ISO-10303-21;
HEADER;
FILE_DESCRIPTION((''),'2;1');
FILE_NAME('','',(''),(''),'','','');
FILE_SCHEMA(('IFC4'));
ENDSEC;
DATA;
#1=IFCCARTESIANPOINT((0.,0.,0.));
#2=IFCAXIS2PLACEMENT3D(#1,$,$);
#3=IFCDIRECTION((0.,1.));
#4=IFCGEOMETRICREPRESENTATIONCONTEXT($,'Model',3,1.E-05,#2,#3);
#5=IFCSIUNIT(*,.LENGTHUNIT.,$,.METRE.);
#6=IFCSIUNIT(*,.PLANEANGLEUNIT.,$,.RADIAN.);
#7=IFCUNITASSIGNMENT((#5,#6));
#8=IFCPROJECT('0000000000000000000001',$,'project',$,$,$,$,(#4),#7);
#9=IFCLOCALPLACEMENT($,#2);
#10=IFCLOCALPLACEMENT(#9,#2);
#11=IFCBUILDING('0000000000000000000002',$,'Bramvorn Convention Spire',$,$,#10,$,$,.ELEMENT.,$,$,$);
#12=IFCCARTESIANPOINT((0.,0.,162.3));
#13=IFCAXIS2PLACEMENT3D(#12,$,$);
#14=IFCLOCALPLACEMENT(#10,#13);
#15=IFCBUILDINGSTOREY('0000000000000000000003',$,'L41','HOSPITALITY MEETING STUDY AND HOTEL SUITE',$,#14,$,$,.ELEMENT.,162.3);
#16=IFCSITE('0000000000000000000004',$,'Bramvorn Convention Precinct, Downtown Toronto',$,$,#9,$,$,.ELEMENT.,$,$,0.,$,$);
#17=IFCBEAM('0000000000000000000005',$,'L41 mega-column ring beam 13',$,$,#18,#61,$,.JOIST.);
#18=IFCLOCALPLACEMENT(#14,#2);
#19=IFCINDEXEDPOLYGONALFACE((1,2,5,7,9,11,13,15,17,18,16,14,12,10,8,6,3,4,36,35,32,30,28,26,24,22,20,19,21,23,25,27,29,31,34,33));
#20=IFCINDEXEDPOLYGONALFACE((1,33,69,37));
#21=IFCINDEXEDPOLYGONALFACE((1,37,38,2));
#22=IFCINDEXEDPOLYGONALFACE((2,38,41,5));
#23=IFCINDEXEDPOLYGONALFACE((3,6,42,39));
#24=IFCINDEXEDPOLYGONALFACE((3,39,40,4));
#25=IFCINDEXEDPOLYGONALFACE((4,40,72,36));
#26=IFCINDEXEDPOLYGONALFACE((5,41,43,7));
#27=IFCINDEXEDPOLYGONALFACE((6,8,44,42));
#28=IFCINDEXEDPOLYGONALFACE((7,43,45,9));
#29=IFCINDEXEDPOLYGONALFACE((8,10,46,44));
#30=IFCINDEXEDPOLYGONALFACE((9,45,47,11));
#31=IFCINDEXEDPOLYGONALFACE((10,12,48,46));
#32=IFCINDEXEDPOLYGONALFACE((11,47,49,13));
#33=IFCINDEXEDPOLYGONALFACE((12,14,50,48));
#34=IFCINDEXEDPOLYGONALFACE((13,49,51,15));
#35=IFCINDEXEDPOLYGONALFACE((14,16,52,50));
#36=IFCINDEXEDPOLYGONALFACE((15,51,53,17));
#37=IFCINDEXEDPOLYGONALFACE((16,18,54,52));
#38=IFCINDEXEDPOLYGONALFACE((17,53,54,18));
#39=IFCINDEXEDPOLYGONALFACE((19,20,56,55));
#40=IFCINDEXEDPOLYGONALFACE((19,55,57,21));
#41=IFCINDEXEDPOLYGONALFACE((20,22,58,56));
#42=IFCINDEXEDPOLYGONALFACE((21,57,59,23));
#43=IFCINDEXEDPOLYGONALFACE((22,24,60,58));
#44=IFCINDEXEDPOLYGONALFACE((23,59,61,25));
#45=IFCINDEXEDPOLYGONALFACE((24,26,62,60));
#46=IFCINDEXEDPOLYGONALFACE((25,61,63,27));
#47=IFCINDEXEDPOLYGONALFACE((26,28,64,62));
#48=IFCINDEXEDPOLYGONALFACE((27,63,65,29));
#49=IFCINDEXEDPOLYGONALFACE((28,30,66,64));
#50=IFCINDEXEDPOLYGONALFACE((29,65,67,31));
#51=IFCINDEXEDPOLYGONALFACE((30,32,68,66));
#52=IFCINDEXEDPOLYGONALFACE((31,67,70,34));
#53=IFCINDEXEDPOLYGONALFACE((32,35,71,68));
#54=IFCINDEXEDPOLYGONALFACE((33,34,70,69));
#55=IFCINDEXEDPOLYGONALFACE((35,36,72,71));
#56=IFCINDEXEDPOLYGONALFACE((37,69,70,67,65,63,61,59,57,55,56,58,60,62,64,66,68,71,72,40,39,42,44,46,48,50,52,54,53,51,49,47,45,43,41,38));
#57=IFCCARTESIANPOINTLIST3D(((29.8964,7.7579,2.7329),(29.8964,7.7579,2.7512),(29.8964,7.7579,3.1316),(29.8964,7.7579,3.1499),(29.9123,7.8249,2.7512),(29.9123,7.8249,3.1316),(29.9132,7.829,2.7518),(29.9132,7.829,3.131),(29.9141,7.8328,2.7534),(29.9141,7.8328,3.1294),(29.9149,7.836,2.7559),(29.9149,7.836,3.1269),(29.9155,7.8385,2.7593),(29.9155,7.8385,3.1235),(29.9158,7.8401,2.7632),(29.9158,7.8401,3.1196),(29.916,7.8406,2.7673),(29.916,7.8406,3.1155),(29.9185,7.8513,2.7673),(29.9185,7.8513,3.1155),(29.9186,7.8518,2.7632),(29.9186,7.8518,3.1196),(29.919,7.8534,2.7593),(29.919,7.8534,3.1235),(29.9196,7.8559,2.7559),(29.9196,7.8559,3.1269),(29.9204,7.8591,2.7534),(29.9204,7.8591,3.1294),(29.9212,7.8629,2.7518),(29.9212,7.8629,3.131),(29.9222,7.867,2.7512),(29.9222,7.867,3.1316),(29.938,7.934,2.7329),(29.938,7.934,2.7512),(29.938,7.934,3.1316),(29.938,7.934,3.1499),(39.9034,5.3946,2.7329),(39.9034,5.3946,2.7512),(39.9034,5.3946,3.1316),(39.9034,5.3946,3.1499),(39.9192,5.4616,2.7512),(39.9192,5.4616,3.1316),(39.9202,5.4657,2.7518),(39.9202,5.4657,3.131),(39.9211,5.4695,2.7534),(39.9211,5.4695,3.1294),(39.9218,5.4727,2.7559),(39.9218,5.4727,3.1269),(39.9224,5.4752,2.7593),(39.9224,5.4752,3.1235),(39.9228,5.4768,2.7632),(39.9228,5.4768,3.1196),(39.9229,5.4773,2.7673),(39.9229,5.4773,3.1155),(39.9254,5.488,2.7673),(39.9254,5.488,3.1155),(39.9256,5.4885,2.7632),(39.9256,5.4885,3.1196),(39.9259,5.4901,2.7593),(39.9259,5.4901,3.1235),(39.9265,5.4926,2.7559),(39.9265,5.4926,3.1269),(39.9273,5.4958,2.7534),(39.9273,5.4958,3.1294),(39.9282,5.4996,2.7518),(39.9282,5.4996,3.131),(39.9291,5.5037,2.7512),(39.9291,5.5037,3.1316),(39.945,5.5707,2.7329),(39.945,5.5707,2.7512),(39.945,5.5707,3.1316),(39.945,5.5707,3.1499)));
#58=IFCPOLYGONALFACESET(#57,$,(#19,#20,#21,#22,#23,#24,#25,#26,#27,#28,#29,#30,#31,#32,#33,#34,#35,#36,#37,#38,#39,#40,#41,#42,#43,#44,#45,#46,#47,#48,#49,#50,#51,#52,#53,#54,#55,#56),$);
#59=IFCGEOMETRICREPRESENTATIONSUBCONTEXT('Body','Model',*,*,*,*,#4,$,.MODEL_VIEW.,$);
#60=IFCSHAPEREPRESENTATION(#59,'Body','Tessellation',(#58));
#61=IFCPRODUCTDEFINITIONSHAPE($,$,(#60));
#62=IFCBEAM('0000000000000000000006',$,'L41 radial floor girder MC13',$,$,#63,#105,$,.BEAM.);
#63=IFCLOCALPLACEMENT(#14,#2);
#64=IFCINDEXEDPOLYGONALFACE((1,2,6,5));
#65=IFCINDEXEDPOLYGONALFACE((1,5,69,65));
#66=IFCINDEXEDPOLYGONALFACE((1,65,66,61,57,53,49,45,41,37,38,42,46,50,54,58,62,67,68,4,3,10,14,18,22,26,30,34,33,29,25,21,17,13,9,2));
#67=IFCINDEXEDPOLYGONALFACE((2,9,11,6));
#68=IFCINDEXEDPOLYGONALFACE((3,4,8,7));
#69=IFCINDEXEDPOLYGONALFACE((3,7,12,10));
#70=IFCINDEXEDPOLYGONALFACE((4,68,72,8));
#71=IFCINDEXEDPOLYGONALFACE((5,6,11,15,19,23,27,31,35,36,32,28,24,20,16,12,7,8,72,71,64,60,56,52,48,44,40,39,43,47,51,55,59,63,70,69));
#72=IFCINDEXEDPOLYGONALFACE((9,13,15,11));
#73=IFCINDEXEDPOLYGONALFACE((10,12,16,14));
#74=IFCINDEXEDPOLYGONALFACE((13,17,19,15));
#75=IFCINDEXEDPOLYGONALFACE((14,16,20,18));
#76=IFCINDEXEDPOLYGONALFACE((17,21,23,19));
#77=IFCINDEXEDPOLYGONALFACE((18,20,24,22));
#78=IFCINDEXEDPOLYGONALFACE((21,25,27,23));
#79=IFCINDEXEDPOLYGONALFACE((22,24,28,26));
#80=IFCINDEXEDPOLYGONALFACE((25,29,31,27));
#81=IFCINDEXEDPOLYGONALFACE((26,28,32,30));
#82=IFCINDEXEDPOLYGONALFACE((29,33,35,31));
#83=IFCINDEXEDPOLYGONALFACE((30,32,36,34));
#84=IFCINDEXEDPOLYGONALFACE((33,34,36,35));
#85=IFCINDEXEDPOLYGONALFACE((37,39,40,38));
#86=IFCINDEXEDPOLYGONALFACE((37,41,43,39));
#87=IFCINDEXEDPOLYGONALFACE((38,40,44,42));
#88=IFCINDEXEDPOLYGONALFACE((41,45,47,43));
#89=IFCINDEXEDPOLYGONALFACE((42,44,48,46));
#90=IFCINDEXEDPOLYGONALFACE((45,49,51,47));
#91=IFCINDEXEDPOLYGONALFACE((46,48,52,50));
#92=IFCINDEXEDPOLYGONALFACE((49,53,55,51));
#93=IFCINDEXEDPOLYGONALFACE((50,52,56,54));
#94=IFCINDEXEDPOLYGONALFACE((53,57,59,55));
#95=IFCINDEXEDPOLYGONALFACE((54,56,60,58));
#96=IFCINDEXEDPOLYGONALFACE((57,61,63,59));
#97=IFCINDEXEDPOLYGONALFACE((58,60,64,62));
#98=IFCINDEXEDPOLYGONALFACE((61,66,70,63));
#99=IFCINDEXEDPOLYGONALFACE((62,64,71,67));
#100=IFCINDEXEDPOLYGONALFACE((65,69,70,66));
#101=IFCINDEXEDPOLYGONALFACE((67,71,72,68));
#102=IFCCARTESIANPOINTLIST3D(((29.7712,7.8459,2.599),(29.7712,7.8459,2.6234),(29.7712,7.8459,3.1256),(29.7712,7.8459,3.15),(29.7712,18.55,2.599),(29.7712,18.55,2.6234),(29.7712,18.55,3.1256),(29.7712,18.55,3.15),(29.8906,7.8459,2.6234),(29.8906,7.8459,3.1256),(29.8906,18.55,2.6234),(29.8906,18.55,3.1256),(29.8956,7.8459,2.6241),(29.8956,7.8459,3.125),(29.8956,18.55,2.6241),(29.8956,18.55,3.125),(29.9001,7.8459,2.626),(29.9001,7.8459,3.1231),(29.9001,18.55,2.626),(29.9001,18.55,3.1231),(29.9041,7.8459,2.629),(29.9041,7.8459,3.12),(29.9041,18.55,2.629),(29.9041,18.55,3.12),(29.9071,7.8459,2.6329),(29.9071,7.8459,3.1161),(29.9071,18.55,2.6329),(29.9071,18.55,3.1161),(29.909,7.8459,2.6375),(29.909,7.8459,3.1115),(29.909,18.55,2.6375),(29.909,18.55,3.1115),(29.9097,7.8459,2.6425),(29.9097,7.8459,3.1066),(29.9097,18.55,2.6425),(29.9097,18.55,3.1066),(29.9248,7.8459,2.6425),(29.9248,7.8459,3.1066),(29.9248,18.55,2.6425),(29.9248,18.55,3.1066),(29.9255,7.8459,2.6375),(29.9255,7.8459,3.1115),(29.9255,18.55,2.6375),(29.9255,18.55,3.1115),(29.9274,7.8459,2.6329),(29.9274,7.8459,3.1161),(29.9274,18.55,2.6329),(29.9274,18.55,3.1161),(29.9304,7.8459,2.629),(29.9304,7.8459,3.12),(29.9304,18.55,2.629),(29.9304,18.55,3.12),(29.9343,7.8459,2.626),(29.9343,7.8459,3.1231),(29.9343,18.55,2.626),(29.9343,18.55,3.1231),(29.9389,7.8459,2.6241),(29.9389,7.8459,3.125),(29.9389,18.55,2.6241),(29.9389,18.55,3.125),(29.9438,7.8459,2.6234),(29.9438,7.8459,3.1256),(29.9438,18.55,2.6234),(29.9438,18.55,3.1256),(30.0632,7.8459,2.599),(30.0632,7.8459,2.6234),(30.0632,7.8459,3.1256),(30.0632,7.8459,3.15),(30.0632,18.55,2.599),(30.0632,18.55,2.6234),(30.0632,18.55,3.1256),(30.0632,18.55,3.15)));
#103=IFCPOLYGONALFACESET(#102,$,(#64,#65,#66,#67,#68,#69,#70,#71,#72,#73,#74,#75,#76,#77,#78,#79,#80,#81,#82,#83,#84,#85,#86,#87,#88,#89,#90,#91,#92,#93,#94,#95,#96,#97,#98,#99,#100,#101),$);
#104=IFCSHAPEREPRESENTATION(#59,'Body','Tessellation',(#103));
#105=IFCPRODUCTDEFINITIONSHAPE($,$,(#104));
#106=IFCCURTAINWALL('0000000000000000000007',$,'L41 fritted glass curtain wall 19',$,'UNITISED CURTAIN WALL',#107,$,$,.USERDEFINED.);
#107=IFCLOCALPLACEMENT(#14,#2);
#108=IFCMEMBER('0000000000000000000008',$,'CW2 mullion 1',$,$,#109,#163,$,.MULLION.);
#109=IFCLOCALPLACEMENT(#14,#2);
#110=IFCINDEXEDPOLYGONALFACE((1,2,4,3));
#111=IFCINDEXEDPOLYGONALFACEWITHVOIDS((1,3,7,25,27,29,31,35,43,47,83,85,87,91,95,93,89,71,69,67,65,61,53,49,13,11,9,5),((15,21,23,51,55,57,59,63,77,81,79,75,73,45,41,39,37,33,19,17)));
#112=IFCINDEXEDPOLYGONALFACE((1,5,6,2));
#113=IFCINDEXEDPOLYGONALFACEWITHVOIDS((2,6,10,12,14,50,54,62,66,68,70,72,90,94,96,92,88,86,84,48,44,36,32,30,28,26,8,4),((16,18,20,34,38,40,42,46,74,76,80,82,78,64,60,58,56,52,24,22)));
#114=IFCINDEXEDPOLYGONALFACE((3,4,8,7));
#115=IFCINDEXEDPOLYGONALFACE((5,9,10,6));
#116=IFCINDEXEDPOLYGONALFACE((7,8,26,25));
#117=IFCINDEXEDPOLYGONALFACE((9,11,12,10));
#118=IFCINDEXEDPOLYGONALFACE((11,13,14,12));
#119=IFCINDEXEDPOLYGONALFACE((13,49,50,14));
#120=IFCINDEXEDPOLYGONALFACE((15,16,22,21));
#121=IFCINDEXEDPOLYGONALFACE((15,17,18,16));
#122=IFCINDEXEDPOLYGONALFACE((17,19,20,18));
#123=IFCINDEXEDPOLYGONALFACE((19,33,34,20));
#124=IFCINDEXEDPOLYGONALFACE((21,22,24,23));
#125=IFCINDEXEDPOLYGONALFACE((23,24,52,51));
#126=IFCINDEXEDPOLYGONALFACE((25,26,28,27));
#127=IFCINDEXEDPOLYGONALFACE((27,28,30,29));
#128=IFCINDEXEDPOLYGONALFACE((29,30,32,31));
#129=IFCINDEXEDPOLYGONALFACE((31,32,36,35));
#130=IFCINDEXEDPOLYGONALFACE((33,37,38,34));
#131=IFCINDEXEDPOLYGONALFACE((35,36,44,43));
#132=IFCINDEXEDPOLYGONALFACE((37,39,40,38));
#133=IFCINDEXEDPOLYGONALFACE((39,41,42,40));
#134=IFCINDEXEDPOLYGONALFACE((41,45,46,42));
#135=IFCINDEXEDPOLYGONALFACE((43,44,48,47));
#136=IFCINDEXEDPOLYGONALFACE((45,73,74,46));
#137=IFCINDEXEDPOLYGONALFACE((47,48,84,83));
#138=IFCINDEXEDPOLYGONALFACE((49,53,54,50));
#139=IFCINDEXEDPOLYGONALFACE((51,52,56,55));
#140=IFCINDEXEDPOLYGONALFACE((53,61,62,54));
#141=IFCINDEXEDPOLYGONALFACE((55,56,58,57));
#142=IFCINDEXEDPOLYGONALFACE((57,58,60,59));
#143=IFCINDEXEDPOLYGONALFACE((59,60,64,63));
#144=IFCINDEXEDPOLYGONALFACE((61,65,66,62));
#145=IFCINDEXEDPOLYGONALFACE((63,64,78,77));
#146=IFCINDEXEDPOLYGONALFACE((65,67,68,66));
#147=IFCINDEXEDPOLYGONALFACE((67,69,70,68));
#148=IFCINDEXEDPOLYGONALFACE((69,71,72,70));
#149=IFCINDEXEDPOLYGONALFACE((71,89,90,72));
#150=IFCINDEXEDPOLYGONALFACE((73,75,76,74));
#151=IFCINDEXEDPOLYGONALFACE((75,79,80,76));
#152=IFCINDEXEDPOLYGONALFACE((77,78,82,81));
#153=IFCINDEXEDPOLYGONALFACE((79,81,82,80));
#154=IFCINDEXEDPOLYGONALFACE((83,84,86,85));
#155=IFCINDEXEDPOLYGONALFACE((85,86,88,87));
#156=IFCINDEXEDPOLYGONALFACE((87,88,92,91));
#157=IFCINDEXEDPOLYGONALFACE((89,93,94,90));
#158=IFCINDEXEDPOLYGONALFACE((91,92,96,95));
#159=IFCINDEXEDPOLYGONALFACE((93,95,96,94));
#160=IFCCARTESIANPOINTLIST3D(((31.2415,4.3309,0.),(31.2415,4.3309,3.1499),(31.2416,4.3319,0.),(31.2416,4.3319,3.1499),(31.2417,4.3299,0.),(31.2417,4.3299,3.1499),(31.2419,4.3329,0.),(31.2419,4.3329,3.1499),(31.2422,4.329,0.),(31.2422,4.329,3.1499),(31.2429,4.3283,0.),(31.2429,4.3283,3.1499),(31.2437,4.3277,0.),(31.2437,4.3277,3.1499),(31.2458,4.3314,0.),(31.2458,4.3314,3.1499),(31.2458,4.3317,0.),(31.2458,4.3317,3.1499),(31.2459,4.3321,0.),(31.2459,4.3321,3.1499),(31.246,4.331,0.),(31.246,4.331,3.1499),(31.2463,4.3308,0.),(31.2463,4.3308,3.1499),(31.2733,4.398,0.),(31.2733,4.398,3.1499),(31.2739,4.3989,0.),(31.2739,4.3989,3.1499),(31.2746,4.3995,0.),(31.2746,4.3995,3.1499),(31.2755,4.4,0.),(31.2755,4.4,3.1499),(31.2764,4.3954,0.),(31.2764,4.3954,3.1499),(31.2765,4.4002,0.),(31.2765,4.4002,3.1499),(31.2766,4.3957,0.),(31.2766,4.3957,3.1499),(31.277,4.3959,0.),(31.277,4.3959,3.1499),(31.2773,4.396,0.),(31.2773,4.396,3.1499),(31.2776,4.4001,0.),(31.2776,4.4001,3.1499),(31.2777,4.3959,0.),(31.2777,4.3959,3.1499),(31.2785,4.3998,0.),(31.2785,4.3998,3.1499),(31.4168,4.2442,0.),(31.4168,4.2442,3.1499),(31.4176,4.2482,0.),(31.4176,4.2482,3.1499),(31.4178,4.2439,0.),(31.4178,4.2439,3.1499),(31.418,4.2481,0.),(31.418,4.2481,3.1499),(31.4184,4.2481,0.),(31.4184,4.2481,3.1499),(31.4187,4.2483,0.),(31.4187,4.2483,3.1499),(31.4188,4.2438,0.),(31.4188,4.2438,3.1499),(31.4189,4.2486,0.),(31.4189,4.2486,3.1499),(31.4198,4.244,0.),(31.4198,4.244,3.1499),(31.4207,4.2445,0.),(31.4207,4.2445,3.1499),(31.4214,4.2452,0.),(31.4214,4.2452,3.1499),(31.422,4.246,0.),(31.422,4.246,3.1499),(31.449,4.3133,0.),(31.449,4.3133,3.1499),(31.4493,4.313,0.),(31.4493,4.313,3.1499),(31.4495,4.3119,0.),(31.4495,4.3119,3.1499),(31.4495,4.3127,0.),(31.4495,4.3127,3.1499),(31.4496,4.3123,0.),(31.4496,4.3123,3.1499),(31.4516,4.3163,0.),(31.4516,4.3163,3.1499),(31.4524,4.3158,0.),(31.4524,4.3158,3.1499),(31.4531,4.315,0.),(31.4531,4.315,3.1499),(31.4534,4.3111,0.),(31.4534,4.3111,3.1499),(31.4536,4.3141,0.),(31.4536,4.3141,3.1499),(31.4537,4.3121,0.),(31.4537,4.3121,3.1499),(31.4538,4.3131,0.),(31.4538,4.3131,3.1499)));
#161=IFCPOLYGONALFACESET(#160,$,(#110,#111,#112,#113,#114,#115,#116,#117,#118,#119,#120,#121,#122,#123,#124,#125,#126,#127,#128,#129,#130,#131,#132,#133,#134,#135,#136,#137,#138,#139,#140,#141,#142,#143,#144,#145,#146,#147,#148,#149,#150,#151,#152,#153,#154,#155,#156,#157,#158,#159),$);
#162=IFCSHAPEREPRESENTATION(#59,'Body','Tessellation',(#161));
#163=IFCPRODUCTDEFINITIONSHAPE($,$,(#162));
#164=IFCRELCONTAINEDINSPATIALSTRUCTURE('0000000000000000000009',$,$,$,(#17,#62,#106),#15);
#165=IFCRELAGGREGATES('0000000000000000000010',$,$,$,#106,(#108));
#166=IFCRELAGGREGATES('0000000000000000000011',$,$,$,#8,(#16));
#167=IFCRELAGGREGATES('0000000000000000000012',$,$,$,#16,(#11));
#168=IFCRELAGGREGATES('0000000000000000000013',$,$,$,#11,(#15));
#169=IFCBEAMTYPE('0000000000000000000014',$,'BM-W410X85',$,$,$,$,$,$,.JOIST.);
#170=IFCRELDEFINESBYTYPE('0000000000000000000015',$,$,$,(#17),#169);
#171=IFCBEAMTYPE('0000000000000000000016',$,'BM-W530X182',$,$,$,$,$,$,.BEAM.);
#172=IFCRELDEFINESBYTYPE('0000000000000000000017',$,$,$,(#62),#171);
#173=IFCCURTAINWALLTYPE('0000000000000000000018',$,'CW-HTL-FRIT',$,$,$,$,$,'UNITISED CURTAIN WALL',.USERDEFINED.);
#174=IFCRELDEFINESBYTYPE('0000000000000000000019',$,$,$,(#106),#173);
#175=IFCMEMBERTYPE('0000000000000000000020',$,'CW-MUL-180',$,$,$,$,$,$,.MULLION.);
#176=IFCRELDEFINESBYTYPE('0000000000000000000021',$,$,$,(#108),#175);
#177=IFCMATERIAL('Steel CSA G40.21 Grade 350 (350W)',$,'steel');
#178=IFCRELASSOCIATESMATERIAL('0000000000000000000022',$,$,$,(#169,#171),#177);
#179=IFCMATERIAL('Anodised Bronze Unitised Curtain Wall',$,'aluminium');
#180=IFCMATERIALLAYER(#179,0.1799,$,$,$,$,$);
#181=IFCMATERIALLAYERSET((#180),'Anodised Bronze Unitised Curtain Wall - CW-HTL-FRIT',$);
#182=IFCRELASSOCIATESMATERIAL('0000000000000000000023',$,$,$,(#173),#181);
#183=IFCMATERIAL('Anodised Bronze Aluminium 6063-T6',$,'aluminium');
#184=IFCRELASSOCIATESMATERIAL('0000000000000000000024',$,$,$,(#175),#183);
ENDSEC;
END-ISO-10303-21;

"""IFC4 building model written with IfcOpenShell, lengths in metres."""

from ifc_helpers import new_model, si_unit, direction, frame, origin, origin_2d, place, context, subcontext, project, spatial, hollow_rectangle, i_section, extrude, material, layer, layer_set, material_profile, profile_set, type_object, element, aggregate, save


model = new_model("IFC4")

# Units and contexts
model_context = context("Model", 3, precision=1e-05, world=origin(), true_north=direction((0.0, 1.0)))
body_context = subcontext(model_context, "Body", "Model", "MODEL_VIEW")
ifc_project = project(units=[si_unit("LENGTHUNIT", "METRE"), si_unit("PLANEANGLEUNIT", "RADIAN")], contexts=[model_context])

# Site, building, storey
site_placement = place(None, origin())
site = spatial("IfcSite", under=ifc_project, at=site_placement, Name="Bramvorn Convention Precinct, Downtown Toronto", CompositionType="ELEMENT", RefElevation=0.0)
building_placement = place(site_placement, origin())
building = spatial("IfcBuilding", under=site, at=building_placement, Name="Bramvorn Convention Spire", CompositionType="ELEMENT")
storey_placement = place(building_placement, frame((0.0, 0.0, 162.3)))
storey = spatial("IfcBuildingStorey", under=building, at=storey_placement, Name="L41", Description="HOSPITALITY MEETING STUDY AND HOTEL SUITE", CompositionType="ELEMENT", Elevation=162.3)

# Shared definitions
ifc_material_1 = material(Name="Steel CSA G40.21 Grade 350 (350W)", Category="steel")

# Beams
ifc_material_profile_1 = material_profile(ifc_material_1, i_section(OverallWidth=0.1809, OverallDepth=0.417, WebThickness=0.011, FlangeThickness=0.0183, FilletRadius=0.0161, at=origin_2d()))
ifc_profile_set_1 = profile_set([ifc_material_profile_1], Name="Steel CSA G40.21 Grade 350 (350W) - W410X85")
beam_type_1 = type_object("IfcBeamType", Name="BM-W410X85", PredefinedType="JOIST", material=ifc_profile_set_1)
beam_1_placement = place(storey_placement, frame((29.9172, 7.8459, 2.9414), z_axis=(0.973228, -0.229844, 0.0), x_axis=(0.229844, 0.973228, 0.0)))
element("IfcBeam", 1, at=beam_1_placement, inside=storey, type_object=beam_type_1, Name="L41 mega-column ring beam 13", PredefinedType="JOIST", context=body_context, shape_type="SweptSolid", body=[
    extrude(i_section(OverallWidth=0.1809, OverallDepth=0.417, WebThickness=0.011, FlangeThickness=0.0183, FilletRadius=0.0161, at=origin_2d()), origin(), (0.0, 0.0, 1.0), 10.2822),
])
ifc_material_profile_2 = material_profile(ifc_material_1, i_section(OverallWidth=0.292, OverallDepth=0.551, WebThickness=0.0151, FlangeThickness=0.0244, FilletRadius=0.019, at=origin_2d()))
ifc_profile_set_2 = profile_set([ifc_material_profile_2], Name="Steel CSA G40.21 Grade 350 (350W) - W530X182")
beam_type_2 = type_object("IfcBeamType", Name="BM-W530X182", PredefinedType="BEAM", material=ifc_profile_set_2)
beam_2_placement = place(storey_placement, frame((29.9172, 18.55, 2.8745), z_axis=(0.0, -1.0, 0.0), x_axis=(1.0, 0.0, 0.0)))
element("IfcBeam", 2, at=beam_2_placement, inside=storey, type_object=beam_type_2, Name="L41 radial floor girder MC13", PredefinedType="BEAM", context=body_context, shape_type="SweptSolid", body=[
    extrude(i_section(OverallWidth=0.292, OverallDepth=0.551, WebThickness=0.0151, FlangeThickness=0.0244, FilletRadius=0.019, at=origin_2d()), origin(), (0.0, 0.0, 1.0), 10.7041),
])

# Curtain wall, member
ifc_material_2 = material(Name="Anodised Bronze Unitised Curtain Wall", Category="aluminium")
ifc_layer_1 = layer(ifc_material_2, 0.1799)
ifc_layer_set_1 = layer_set([ifc_layer_1], Name="Anodised Bronze Unitised Curtain Wall - CW-HTL-FRIT")
curtain_wall_type = type_object("IfcCurtainWallType", Name="CW-HTL-FRIT", ElementType="UNITISED CURTAIN WALL", PredefinedType="USERDEFINED", material=ifc_layer_set_1)
curtain_wall_placement = place(storey_placement, origin())
curtain_wall = element("IfcCurtainWall", 3, at=curtain_wall_placement, inside=storey, type_object=curtain_wall_type, Name="L41 fritted glass curtain wall 19", ObjectType="UNITISED CURTAIN WALL", PredefinedType="USERDEFINED")
ifc_material_3 = material(Name="Anodised Bronze Aluminium 6063-T6", Category="aluminium")
ifc_material_profile_3 = material_profile(ifc_material_3, hollow_rectangle(XDim=0.0801, YDim=0.2, WallThickness=0.0039, InnerFilletRadius=0.001, OuterFilletRadius=0.0039, at=origin_2d()))
ifc_profile_set_3 = profile_set([ifc_material_profile_3], Name="Anodised Bronze Aluminium 6063-T6 - CWM80X200")
member_type_1 = type_object("IfcMemberType", Name="CW-MUL-180", PredefinedType="MULLION", material=ifc_profile_set_3)
member_1_placement = place(storey_placement, frame((31.3477, 4.322, 0.0), z_axis=(0.0, 0.0, 1.0), x_axis=(-0.434477, -0.900683, 0.0)))
member_1 = element("IfcMember", 4, at=member_1_placement, type_object=member_type_1, Name="CW2 mullion 1", PredefinedType="MULLION", context=body_context, shape_type="SweptSolid", body=[
    extrude(hollow_rectangle(XDim=0.0801, YDim=0.2, WallThickness=0.0039, InnerFilletRadius=0.001, OuterFilletRadius=0.0039, at=origin_2d()), origin(), (0.0, 0.0, 1.0), 3.1499),
])
aggregate(curtain_wall, [member_1])

save(model, "model.ifc")
